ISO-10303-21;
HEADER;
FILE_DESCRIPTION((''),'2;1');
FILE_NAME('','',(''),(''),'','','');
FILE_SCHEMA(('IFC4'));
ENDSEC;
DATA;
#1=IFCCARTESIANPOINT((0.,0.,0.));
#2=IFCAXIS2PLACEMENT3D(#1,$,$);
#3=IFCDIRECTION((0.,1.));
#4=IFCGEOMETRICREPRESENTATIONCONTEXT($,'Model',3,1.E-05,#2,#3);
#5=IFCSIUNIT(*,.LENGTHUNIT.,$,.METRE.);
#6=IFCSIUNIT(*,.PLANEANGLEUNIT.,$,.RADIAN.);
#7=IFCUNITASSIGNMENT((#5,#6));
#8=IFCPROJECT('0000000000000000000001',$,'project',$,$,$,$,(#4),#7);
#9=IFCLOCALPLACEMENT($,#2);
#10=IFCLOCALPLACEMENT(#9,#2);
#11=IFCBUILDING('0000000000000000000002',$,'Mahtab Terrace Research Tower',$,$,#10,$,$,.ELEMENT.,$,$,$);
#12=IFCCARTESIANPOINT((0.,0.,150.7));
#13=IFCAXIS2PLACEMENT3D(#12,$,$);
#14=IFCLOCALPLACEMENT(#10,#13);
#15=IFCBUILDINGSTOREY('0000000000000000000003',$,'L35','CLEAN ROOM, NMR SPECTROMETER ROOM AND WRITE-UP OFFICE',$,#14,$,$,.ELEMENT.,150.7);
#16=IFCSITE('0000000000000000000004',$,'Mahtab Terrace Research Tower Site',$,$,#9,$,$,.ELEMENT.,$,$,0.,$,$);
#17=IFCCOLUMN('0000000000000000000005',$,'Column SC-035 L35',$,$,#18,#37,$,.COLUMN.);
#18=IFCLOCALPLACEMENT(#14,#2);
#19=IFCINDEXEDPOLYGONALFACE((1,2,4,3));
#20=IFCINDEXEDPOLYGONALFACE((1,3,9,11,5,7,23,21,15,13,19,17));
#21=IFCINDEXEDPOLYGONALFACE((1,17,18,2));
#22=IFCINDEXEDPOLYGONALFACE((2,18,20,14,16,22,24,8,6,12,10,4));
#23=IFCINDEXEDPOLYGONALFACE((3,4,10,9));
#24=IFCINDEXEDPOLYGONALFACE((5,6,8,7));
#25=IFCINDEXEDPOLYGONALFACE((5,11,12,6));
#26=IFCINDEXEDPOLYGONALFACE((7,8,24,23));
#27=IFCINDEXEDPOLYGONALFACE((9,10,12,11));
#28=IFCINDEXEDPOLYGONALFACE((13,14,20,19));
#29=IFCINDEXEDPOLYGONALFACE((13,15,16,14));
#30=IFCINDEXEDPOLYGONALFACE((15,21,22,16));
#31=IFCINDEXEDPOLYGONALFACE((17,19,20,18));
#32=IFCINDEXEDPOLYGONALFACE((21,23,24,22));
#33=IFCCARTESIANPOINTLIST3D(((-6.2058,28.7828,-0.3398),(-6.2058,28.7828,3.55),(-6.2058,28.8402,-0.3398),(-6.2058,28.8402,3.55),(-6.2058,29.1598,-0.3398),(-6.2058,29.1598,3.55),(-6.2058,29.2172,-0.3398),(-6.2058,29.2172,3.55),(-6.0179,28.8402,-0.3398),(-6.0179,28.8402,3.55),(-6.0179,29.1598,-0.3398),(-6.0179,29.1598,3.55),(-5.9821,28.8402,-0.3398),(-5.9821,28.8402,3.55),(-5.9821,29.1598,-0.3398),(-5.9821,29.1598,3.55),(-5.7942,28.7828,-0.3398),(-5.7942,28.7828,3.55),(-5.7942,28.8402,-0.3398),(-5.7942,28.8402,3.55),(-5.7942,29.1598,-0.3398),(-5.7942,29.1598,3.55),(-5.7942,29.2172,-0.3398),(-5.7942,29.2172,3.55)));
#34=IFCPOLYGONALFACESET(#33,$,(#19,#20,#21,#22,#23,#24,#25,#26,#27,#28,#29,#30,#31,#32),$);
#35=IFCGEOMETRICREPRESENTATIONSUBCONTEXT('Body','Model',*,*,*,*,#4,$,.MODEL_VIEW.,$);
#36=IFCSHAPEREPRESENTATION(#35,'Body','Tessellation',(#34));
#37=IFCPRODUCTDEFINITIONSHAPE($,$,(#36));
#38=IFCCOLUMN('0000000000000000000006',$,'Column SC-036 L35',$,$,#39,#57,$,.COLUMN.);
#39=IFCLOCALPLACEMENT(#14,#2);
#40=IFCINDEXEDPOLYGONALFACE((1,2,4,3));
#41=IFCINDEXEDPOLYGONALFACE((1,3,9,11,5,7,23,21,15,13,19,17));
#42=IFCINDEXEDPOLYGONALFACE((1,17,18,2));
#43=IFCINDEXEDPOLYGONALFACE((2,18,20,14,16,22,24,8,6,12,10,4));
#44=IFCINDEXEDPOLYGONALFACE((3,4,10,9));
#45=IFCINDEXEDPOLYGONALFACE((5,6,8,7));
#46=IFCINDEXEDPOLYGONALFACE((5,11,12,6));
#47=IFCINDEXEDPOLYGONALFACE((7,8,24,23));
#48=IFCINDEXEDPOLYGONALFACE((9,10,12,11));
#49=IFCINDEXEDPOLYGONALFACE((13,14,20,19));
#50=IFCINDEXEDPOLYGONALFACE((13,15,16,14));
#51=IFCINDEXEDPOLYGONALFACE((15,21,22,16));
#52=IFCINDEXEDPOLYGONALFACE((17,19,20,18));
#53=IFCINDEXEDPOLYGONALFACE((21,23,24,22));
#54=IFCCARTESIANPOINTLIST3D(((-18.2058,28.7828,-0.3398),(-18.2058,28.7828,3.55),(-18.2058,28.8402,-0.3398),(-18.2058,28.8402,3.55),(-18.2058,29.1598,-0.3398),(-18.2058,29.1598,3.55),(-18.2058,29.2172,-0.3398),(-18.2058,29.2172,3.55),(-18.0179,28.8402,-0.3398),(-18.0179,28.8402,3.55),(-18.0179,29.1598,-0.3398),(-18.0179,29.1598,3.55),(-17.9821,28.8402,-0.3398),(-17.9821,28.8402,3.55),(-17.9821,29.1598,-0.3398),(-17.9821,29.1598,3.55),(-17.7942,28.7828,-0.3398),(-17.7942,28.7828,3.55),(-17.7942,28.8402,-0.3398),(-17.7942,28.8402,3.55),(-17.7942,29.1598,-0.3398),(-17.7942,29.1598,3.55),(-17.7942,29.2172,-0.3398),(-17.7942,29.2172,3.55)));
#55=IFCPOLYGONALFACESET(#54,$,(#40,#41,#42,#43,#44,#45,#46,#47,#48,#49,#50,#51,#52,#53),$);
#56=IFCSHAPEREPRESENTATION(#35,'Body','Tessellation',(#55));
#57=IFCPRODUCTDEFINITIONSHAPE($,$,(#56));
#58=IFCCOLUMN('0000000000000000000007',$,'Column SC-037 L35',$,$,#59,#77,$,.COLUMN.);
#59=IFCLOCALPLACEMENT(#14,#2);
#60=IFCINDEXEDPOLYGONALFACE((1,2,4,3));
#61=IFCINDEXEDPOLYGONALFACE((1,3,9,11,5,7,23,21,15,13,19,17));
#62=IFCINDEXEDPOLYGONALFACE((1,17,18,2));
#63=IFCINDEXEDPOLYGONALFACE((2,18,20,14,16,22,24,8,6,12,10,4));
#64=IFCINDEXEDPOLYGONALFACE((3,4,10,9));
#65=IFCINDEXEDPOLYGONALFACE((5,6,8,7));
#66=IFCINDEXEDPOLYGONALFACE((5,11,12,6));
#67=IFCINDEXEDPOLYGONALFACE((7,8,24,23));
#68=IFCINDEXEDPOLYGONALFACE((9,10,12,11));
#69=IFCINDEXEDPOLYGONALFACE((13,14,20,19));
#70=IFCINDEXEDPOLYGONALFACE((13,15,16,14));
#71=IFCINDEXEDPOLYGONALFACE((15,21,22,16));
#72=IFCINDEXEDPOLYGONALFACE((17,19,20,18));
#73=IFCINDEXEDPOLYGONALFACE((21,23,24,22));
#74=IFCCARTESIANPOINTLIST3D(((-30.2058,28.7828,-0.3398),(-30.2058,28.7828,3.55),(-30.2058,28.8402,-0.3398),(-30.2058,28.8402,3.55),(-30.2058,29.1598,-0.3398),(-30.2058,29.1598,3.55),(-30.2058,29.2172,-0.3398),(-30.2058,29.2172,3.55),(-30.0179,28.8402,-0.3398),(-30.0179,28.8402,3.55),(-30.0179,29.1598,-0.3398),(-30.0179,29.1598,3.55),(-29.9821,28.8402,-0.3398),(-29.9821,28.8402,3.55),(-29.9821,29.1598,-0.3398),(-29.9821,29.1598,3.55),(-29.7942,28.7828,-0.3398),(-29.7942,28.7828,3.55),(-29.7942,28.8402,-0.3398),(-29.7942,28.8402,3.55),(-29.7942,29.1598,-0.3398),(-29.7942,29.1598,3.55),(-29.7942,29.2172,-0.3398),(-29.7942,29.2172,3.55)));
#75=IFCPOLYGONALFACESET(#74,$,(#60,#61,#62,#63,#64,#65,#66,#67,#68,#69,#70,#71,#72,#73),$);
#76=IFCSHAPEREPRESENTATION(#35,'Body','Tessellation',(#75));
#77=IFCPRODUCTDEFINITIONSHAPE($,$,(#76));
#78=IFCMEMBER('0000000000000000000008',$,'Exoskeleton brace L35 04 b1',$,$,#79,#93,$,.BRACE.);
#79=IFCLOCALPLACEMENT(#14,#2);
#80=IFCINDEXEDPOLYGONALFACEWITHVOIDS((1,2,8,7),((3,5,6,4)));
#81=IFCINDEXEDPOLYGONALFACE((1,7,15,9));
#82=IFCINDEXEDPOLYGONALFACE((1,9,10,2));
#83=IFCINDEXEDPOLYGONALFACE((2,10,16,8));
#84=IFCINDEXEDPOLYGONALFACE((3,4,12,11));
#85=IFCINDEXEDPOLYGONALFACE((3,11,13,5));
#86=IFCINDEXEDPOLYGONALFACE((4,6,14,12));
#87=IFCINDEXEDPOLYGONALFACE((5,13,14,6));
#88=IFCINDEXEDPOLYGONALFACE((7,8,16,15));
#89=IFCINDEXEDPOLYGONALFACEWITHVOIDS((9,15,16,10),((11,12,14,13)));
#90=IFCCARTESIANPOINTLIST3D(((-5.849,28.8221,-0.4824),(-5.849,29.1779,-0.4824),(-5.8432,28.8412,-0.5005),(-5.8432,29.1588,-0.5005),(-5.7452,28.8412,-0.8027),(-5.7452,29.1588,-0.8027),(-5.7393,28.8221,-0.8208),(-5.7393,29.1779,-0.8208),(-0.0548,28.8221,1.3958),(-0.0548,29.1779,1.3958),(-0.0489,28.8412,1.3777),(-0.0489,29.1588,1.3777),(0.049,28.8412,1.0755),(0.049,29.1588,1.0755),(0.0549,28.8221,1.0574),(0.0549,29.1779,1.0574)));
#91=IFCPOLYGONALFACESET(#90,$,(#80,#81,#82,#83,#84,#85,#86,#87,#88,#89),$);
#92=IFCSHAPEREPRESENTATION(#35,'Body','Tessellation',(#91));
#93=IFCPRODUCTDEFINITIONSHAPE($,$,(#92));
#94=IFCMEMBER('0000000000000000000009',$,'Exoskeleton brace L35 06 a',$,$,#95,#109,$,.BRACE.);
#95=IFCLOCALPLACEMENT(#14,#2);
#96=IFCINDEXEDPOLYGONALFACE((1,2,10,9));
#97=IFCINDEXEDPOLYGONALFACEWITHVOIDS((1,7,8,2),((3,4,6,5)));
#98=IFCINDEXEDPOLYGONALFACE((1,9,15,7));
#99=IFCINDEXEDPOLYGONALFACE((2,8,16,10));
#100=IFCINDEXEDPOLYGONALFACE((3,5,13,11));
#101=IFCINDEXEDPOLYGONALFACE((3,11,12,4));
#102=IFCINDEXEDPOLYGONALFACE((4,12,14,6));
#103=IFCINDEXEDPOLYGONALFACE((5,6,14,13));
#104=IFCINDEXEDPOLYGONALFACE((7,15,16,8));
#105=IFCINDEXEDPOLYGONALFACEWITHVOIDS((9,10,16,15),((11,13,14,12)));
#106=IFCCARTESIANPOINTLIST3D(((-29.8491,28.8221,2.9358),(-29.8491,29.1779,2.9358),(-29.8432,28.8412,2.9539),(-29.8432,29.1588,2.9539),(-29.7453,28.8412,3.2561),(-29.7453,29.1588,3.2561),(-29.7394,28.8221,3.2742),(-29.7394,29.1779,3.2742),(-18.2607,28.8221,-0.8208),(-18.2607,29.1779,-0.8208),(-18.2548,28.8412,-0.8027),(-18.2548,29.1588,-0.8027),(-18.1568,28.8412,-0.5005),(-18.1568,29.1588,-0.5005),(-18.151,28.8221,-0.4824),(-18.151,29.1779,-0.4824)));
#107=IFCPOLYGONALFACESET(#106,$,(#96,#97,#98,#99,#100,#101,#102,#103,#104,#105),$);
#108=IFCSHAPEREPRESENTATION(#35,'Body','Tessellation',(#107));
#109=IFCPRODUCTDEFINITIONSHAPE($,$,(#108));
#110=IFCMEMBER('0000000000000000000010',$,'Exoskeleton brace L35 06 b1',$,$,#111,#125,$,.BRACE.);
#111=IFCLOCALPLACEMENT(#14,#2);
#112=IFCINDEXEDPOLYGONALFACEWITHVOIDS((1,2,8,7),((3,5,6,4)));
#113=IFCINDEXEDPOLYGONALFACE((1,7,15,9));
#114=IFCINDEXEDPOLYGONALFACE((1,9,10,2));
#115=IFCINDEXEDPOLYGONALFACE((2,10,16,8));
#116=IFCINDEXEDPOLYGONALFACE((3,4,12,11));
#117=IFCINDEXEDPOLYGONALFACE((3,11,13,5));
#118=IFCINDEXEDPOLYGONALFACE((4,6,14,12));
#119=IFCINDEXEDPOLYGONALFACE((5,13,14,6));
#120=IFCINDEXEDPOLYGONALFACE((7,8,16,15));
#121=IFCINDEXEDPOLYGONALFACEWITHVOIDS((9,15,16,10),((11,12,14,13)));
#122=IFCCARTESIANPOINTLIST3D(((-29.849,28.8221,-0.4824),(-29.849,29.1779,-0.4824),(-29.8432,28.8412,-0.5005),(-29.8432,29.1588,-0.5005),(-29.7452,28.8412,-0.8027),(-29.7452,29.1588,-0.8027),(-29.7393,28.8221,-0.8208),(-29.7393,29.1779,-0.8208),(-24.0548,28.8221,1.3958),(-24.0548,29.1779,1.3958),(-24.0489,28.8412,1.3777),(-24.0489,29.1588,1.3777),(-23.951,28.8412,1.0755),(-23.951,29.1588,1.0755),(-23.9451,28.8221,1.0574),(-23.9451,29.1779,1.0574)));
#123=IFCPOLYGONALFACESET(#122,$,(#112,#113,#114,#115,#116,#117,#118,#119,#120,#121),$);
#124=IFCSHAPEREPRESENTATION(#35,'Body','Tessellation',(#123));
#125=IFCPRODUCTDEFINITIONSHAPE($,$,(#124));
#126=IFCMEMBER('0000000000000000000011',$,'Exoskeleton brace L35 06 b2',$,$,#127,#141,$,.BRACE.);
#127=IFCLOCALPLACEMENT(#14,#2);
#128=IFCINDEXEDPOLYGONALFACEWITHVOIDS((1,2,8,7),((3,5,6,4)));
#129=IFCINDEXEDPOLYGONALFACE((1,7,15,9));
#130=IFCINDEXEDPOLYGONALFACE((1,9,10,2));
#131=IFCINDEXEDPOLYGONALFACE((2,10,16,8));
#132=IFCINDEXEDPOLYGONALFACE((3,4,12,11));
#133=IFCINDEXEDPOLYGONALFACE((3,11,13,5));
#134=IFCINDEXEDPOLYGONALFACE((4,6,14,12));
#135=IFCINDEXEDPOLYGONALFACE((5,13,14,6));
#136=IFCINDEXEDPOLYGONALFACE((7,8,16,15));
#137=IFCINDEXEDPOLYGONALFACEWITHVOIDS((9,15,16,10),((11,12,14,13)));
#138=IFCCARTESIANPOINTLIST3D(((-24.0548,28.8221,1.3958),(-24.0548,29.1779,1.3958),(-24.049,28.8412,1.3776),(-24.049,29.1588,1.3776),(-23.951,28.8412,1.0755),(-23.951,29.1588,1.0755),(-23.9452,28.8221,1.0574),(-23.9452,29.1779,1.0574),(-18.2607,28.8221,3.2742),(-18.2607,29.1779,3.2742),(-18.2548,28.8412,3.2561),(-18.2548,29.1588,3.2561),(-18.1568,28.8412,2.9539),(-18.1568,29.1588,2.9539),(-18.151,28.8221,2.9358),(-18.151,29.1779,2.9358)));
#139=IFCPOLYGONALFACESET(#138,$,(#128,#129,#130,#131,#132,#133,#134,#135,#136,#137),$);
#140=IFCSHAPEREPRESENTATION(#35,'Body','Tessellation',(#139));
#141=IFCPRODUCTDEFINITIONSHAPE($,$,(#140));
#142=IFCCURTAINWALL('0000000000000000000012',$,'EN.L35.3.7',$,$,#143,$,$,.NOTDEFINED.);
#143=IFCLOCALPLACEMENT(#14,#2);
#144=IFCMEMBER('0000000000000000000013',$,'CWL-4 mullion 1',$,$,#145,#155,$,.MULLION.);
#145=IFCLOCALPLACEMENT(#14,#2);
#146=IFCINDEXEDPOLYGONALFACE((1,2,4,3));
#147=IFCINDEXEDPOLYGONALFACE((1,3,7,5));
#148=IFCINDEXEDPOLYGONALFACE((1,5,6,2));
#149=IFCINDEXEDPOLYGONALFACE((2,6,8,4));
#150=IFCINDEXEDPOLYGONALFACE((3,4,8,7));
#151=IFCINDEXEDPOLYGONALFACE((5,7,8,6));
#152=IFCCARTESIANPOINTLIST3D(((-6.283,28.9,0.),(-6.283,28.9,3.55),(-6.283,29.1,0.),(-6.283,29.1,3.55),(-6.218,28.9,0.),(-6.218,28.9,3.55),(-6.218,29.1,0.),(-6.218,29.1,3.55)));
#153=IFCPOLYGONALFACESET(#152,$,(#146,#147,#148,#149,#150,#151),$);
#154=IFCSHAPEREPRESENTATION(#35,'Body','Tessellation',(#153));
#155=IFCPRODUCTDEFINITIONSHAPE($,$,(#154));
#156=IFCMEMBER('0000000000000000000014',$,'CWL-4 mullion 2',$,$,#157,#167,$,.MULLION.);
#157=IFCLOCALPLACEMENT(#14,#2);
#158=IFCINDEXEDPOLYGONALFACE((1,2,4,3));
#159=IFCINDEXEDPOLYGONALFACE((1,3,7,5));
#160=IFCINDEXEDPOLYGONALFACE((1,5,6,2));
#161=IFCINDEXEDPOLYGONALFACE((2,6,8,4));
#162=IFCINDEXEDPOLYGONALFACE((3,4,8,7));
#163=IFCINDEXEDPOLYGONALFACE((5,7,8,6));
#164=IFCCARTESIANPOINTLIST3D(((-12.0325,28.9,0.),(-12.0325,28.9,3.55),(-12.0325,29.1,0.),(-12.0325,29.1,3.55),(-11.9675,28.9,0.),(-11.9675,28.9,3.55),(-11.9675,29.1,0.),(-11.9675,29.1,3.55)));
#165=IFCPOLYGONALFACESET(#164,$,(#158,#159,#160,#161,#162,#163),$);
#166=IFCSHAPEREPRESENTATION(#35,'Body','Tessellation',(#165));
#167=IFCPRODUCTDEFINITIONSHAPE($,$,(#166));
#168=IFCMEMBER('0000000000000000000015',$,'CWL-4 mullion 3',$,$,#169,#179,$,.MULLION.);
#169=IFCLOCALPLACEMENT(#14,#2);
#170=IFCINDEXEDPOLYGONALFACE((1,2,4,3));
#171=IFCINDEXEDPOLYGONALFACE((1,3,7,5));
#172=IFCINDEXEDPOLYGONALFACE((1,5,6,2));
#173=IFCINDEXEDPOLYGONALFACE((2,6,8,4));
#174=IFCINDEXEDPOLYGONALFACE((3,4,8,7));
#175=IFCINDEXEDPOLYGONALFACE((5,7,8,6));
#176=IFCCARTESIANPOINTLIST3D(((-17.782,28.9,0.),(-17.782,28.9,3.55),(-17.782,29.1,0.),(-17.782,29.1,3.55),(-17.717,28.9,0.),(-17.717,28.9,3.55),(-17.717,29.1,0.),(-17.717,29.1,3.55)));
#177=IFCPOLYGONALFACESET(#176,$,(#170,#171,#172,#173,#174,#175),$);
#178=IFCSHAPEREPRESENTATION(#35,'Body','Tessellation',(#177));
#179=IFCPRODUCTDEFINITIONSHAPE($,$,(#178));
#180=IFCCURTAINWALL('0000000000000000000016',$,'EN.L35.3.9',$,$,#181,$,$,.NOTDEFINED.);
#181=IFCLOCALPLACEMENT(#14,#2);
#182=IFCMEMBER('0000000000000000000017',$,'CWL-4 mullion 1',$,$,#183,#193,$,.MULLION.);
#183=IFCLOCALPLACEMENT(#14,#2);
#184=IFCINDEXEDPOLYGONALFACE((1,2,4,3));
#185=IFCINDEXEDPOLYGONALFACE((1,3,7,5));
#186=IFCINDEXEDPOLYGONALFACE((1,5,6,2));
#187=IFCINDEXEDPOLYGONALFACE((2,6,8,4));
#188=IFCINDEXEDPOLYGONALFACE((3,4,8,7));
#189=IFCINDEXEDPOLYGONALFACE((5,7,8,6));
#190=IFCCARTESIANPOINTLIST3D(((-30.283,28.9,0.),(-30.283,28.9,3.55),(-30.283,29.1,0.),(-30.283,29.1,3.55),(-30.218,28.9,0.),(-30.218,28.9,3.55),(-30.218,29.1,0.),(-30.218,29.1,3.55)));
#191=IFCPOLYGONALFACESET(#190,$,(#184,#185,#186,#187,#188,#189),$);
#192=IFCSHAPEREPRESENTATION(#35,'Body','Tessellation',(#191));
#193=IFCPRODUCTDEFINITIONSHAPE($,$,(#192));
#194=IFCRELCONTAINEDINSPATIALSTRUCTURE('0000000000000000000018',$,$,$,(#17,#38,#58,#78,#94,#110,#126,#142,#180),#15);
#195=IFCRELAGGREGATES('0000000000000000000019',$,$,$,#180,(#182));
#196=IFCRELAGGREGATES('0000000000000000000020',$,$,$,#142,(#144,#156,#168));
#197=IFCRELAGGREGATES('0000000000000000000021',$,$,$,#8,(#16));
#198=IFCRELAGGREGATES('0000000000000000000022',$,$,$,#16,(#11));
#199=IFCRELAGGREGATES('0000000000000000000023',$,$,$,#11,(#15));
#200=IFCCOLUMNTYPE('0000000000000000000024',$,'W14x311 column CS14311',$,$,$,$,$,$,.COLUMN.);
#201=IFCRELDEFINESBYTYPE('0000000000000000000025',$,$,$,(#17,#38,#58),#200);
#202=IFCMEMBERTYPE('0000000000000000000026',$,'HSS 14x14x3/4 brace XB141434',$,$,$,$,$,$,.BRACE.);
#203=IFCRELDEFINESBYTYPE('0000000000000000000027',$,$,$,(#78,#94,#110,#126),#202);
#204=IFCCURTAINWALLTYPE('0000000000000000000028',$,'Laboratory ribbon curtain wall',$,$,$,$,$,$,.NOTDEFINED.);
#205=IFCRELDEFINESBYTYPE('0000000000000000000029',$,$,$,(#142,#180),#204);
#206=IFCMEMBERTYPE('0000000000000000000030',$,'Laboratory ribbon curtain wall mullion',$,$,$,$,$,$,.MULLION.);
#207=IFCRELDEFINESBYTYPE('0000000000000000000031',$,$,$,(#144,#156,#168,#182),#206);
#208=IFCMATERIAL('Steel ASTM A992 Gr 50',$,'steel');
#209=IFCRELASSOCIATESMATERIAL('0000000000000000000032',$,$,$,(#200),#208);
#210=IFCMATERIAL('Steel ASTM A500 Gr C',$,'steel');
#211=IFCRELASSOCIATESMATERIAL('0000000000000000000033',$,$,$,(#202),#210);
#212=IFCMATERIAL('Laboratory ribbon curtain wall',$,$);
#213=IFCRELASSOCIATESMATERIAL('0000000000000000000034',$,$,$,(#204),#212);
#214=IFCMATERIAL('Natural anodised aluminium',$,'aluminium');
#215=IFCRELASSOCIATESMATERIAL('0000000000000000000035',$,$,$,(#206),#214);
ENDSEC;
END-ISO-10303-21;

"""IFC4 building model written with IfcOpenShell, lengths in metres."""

from ifc_helpers import new_model, si_unit, direction, frame, origin, origin_2d, place, context, subcontext, project, spatial, rectangle, hollow_rectangle, i_section, extrude, material, material_profile, profile_set, type_object, element, aggregate, save


model = new_model("IFC4")

# Units and contexts
model_context = context("Model", 3, precision=1e-05, world=origin(), true_north=direction((0.0, 1.0)))
body_context = subcontext(model_context, "Body", "Model", "MODEL_VIEW")
ifc_project = project(units=[si_unit("LENGTHUNIT", "METRE"), si_unit("PLANEANGLEUNIT", "RADIAN")], contexts=[model_context])

# Site, building, storey
site_placement = place(None, origin())
site = spatial("IfcSite", under=ifc_project, at=site_placement, Name="Mahtab Terrace Research Tower Site", CompositionType="ELEMENT", RefElevation=0.0)
building_placement = place(site_placement, origin())
building = spatial("IfcBuilding", under=site, at=building_placement, Name="Mahtab Terrace Research Tower", CompositionType="ELEMENT")
storey_placement = place(building_placement, frame((0.0, 0.0, 150.7)))
storey = spatial("IfcBuildingStorey", under=building, at=storey_placement, Name="L35", Description="CLEAN ROOM, NMR SPECTROMETER ROOM AND WRITE-UP OFFICE", CompositionType="ELEMENT", Elevation=150.7)

# Columns
ifc_material_1 = material(Name="Steel ASTM A992 Gr 50", Category="steel")
ifc_material_profile_1 = material_profile(ifc_material_1, i_section(OverallWidth=0.4116, OverallDepth=0.4343, WebThickness=0.0359, FlangeThickness=0.0574, at=origin_2d()), Name="W14X311")
ifc_profile_set_1 = profile_set([ifc_material_profile_1], Name="Steel ASTM A992 Gr 50")
column_type = type_object("IfcColumnType", Name="W14x311 column CS14311", PredefinedType="COLUMN", material=ifc_profile_set_1)
for number, where, z_axis, x_axis, name in (
    (1, (-6.0, 29.0, -0.3398), (0.0, 0.0, 1.0), (1.0, 0.0, 0.0), "Column SC-035 L35"),
    (2, (-18.0, 29.0, -0.3398), (0.0, 0.0, 1.0), (1.0, 0.0, 0.0), "Column SC-036 L35"),
    (3, (-30.0, 29.0, -0.3398), (0.0, 0.0, 1.0), (1.0, 0.0, 0.0), "Column SC-037 L35"),
):
    element("IfcColumn", number, at=place(storey_placement, frame(where, z_axis=z_axis, x_axis=x_axis)), inside=storey, type_object=column_type, Name=name, PredefinedType="COLUMN", context=body_context, shape_type="SweptSolid", body=[
        extrude(i_section(OverallWidth=0.4116, OverallDepth=0.4343, WebThickness=0.0359, FlangeThickness=0.0574, at=origin_2d()), origin(), (0.0, 0.0, 1.0), 3.8899),
    ])

# Members
ifc_material_2 = material(Name="Steel ASTM A500 Gr C", Category="steel")
ifc_material_profile_2 = material_profile(ifc_material_2, hollow_rectangle(XDim=0.3557, YDim=0.3557, WallThickness=0.019, at=origin_2d()), Name="HSS14X14X3/4")
ifc_profile_set_2 = profile_set([ifc_material_profile_2], Name="Steel ASTM A500 Gr C")
member_type_1 = type_object("IfcMemberType", Name="HSS 14x14x3/4 brace XB141434", PredefinedType="BRACE", material=ifc_profile_set_2)
member_1_placement = place(storey_placement, frame((-5.7942, 29.0, -0.6516), z_axis=(0.951272, 0.0, 0.308353), x_axis=(0.0, 1.0, 0.0)))
element("IfcMember", 4, at=member_1_placement, inside=storey, type_object=member_type_1, Name="Exoskeleton brace L35 04 b1", PredefinedType="BRACE", context=body_context, shape_type="SweptSolid", body=[
    extrude(hollow_rectangle(XDim=0.3557, YDim=0.3557, WallThickness=0.019, at=origin_2d()), origin(), (0.0, 0.0, 1.0), 6.0911),
])
member_2_placement = place(storey_placement, frame((-18.2058, 29.0, -0.6516), z_axis=(-0.951266, 0.0, 0.308371), x_axis=(0.0, -1.0, 0.0)))
element("IfcMember", 5, at=member_2_placement, inside=storey, type_object=member_type_1, Name="Exoskeleton brace L35 06 a", PredefinedType="BRACE", context=body_context, shape_type="SweptSolid", body=[
    extrude(hollow_rectangle(XDim=0.3557, YDim=0.3557, WallThickness=0.019, at=origin_2d()), origin(), (0.0, 0.0, 1.0), 12.1821),
])
for number, where, z_axis, x_axis, name in (
    (6, (-29.7942, 29.0, -0.6516), (0.951272, 0.0, 0.308353), (0.0, 1.0, 0.0), "Exoskeleton brace L35 06 b1"),
    (7, (-24.0, 29.0, 1.2266), (0.95126, 0.0, 0.308389), (0.0, 1.0, 0.0), "Exoskeleton brace L35 06 b2"),
):
    element("IfcMember", number, at=place(storey_placement, frame(where, z_axis=z_axis, x_axis=x_axis)), inside=storey, type_object=member_type_1, Name=name, PredefinedType="BRACE", context=body_context, shape_type="SweptSolid", body=[
        extrude(hollow_rectangle(XDim=0.3557, YDim=0.3557, WallThickness=0.019, at=origin_2d()), origin(), (0.0, 0.0, 1.0), 6.0911),
    ])

# Curtain wall, members
ifc_material_3 = material(Name="Laboratory ribbon curtain wall")
curtain_wall_type = type_object("IfcCurtainWallType", Name="Laboratory ribbon curtain wall", PredefinedType="NOTDEFINED", material=ifc_material_3)
curtain_wall_1_placement = place(storey_placement, origin())
curtain_wall_1 = element("IfcCurtainWall", 8, at=curtain_wall_1_placement, inside=storey, type_object=curtain_wall_type, Name="EN.L35.3.7", PredefinedType="NOTDEFINED")
ifc_material_4 = material(Name="Natural anodised aluminium", Category="aluminium")
ifc_material_profile_3 = material_profile(ifc_material_4, rectangle(XDim=0.2, YDim=0.0649, at=origin_2d()), Name="MULLION 65x200")
ifc_profile_set_3 = profile_set([ifc_material_profile_3], Name="Natural anodised aluminium")
member_type_2 = type_object("IfcMemberType", Name="Laboratory ribbon curtain wall mullion", PredefinedType="MULLION", material=ifc_profile_set_3)
member_3_placement = place(storey_placement, frame((-6.2505, 29.0, 0.0), z_axis=(0.0, 0.0, 1.0), x_axis=(0.0, -1.0, 0.0)))
member_3 = element("IfcMember", 9, at=member_3_placement, type_object=member_type_2, Name="CWL-4 mullion 1", PredefinedType="MULLION", context=body_context, shape_type="SweptSolid", body=[
    extrude(rectangle(XDim=0.2, YDim=0.0649, at=origin_2d()), origin(), (0.0, 0.0, 1.0), 3.55),
])
member_4_placement = place(storey_placement, frame((-12.0, 29.0, 0.0), z_axis=(0.0, 0.0, 1.0), x_axis=(0.0, -1.0, 0.0)))
member_4 = element("IfcMember", 10, at=member_4_placement, type_object=member_type_2, Name="CWL-4 mullion 2", PredefinedType="MULLION", context=body_context, shape_type="SweptSolid", body=[
    extrude(rectangle(XDim=0.2, YDim=0.0649, at=origin_2d()), origin(), (0.0, 0.0, 1.0), 3.55),
])
member_5_placement = place(storey_placement, frame((-17.7495, 29.0, 0.0), z_axis=(0.0, 0.0, 1.0), x_axis=(0.0, -1.0, 0.0)))
member_5 = element("IfcMember", 11, at=member_5_placement, type_object=member_type_2, Name="CWL-4 mullion 3", PredefinedType="MULLION", context=body_context, shape_type="SweptSolid", body=[
    extrude(rectangle(XDim=0.2, YDim=0.0649, at=origin_2d()), origin(), (0.0, 0.0, 1.0), 3.55),
])

# Curtain wall, member
curtain_wall_2_placement = place(storey_placement, origin())
curtain_wall_2 = element("IfcCurtainWall", 12, at=curtain_wall_2_placement, inside=storey, type_object=curtain_wall_type, Name="EN.L35.3.9", PredefinedType="NOTDEFINED")
member_6_placement = place(storey_placement, frame((-30.2505, 29.0, 0.0), z_axis=(0.0, 0.0, 1.0), x_axis=(0.0, -1.0, 0.0)))
member_6 = element("IfcMember", 13, at=member_6_placement, type_object=member_type_2, Name="CWL-4 mullion 1", PredefinedType="MULLION", context=body_context, shape_type="SweptSolid", body=[
    extrude(rectangle(XDim=0.2, YDim=0.0649, at=origin_2d()), origin(), (0.0, 0.0, 1.0), 3.55),
])

aggregate(curtain_wall_2, [member_6])

aggregate(curtain_wall_1, [member_3, member_4, member_5])

save(model, "model.ifc")
